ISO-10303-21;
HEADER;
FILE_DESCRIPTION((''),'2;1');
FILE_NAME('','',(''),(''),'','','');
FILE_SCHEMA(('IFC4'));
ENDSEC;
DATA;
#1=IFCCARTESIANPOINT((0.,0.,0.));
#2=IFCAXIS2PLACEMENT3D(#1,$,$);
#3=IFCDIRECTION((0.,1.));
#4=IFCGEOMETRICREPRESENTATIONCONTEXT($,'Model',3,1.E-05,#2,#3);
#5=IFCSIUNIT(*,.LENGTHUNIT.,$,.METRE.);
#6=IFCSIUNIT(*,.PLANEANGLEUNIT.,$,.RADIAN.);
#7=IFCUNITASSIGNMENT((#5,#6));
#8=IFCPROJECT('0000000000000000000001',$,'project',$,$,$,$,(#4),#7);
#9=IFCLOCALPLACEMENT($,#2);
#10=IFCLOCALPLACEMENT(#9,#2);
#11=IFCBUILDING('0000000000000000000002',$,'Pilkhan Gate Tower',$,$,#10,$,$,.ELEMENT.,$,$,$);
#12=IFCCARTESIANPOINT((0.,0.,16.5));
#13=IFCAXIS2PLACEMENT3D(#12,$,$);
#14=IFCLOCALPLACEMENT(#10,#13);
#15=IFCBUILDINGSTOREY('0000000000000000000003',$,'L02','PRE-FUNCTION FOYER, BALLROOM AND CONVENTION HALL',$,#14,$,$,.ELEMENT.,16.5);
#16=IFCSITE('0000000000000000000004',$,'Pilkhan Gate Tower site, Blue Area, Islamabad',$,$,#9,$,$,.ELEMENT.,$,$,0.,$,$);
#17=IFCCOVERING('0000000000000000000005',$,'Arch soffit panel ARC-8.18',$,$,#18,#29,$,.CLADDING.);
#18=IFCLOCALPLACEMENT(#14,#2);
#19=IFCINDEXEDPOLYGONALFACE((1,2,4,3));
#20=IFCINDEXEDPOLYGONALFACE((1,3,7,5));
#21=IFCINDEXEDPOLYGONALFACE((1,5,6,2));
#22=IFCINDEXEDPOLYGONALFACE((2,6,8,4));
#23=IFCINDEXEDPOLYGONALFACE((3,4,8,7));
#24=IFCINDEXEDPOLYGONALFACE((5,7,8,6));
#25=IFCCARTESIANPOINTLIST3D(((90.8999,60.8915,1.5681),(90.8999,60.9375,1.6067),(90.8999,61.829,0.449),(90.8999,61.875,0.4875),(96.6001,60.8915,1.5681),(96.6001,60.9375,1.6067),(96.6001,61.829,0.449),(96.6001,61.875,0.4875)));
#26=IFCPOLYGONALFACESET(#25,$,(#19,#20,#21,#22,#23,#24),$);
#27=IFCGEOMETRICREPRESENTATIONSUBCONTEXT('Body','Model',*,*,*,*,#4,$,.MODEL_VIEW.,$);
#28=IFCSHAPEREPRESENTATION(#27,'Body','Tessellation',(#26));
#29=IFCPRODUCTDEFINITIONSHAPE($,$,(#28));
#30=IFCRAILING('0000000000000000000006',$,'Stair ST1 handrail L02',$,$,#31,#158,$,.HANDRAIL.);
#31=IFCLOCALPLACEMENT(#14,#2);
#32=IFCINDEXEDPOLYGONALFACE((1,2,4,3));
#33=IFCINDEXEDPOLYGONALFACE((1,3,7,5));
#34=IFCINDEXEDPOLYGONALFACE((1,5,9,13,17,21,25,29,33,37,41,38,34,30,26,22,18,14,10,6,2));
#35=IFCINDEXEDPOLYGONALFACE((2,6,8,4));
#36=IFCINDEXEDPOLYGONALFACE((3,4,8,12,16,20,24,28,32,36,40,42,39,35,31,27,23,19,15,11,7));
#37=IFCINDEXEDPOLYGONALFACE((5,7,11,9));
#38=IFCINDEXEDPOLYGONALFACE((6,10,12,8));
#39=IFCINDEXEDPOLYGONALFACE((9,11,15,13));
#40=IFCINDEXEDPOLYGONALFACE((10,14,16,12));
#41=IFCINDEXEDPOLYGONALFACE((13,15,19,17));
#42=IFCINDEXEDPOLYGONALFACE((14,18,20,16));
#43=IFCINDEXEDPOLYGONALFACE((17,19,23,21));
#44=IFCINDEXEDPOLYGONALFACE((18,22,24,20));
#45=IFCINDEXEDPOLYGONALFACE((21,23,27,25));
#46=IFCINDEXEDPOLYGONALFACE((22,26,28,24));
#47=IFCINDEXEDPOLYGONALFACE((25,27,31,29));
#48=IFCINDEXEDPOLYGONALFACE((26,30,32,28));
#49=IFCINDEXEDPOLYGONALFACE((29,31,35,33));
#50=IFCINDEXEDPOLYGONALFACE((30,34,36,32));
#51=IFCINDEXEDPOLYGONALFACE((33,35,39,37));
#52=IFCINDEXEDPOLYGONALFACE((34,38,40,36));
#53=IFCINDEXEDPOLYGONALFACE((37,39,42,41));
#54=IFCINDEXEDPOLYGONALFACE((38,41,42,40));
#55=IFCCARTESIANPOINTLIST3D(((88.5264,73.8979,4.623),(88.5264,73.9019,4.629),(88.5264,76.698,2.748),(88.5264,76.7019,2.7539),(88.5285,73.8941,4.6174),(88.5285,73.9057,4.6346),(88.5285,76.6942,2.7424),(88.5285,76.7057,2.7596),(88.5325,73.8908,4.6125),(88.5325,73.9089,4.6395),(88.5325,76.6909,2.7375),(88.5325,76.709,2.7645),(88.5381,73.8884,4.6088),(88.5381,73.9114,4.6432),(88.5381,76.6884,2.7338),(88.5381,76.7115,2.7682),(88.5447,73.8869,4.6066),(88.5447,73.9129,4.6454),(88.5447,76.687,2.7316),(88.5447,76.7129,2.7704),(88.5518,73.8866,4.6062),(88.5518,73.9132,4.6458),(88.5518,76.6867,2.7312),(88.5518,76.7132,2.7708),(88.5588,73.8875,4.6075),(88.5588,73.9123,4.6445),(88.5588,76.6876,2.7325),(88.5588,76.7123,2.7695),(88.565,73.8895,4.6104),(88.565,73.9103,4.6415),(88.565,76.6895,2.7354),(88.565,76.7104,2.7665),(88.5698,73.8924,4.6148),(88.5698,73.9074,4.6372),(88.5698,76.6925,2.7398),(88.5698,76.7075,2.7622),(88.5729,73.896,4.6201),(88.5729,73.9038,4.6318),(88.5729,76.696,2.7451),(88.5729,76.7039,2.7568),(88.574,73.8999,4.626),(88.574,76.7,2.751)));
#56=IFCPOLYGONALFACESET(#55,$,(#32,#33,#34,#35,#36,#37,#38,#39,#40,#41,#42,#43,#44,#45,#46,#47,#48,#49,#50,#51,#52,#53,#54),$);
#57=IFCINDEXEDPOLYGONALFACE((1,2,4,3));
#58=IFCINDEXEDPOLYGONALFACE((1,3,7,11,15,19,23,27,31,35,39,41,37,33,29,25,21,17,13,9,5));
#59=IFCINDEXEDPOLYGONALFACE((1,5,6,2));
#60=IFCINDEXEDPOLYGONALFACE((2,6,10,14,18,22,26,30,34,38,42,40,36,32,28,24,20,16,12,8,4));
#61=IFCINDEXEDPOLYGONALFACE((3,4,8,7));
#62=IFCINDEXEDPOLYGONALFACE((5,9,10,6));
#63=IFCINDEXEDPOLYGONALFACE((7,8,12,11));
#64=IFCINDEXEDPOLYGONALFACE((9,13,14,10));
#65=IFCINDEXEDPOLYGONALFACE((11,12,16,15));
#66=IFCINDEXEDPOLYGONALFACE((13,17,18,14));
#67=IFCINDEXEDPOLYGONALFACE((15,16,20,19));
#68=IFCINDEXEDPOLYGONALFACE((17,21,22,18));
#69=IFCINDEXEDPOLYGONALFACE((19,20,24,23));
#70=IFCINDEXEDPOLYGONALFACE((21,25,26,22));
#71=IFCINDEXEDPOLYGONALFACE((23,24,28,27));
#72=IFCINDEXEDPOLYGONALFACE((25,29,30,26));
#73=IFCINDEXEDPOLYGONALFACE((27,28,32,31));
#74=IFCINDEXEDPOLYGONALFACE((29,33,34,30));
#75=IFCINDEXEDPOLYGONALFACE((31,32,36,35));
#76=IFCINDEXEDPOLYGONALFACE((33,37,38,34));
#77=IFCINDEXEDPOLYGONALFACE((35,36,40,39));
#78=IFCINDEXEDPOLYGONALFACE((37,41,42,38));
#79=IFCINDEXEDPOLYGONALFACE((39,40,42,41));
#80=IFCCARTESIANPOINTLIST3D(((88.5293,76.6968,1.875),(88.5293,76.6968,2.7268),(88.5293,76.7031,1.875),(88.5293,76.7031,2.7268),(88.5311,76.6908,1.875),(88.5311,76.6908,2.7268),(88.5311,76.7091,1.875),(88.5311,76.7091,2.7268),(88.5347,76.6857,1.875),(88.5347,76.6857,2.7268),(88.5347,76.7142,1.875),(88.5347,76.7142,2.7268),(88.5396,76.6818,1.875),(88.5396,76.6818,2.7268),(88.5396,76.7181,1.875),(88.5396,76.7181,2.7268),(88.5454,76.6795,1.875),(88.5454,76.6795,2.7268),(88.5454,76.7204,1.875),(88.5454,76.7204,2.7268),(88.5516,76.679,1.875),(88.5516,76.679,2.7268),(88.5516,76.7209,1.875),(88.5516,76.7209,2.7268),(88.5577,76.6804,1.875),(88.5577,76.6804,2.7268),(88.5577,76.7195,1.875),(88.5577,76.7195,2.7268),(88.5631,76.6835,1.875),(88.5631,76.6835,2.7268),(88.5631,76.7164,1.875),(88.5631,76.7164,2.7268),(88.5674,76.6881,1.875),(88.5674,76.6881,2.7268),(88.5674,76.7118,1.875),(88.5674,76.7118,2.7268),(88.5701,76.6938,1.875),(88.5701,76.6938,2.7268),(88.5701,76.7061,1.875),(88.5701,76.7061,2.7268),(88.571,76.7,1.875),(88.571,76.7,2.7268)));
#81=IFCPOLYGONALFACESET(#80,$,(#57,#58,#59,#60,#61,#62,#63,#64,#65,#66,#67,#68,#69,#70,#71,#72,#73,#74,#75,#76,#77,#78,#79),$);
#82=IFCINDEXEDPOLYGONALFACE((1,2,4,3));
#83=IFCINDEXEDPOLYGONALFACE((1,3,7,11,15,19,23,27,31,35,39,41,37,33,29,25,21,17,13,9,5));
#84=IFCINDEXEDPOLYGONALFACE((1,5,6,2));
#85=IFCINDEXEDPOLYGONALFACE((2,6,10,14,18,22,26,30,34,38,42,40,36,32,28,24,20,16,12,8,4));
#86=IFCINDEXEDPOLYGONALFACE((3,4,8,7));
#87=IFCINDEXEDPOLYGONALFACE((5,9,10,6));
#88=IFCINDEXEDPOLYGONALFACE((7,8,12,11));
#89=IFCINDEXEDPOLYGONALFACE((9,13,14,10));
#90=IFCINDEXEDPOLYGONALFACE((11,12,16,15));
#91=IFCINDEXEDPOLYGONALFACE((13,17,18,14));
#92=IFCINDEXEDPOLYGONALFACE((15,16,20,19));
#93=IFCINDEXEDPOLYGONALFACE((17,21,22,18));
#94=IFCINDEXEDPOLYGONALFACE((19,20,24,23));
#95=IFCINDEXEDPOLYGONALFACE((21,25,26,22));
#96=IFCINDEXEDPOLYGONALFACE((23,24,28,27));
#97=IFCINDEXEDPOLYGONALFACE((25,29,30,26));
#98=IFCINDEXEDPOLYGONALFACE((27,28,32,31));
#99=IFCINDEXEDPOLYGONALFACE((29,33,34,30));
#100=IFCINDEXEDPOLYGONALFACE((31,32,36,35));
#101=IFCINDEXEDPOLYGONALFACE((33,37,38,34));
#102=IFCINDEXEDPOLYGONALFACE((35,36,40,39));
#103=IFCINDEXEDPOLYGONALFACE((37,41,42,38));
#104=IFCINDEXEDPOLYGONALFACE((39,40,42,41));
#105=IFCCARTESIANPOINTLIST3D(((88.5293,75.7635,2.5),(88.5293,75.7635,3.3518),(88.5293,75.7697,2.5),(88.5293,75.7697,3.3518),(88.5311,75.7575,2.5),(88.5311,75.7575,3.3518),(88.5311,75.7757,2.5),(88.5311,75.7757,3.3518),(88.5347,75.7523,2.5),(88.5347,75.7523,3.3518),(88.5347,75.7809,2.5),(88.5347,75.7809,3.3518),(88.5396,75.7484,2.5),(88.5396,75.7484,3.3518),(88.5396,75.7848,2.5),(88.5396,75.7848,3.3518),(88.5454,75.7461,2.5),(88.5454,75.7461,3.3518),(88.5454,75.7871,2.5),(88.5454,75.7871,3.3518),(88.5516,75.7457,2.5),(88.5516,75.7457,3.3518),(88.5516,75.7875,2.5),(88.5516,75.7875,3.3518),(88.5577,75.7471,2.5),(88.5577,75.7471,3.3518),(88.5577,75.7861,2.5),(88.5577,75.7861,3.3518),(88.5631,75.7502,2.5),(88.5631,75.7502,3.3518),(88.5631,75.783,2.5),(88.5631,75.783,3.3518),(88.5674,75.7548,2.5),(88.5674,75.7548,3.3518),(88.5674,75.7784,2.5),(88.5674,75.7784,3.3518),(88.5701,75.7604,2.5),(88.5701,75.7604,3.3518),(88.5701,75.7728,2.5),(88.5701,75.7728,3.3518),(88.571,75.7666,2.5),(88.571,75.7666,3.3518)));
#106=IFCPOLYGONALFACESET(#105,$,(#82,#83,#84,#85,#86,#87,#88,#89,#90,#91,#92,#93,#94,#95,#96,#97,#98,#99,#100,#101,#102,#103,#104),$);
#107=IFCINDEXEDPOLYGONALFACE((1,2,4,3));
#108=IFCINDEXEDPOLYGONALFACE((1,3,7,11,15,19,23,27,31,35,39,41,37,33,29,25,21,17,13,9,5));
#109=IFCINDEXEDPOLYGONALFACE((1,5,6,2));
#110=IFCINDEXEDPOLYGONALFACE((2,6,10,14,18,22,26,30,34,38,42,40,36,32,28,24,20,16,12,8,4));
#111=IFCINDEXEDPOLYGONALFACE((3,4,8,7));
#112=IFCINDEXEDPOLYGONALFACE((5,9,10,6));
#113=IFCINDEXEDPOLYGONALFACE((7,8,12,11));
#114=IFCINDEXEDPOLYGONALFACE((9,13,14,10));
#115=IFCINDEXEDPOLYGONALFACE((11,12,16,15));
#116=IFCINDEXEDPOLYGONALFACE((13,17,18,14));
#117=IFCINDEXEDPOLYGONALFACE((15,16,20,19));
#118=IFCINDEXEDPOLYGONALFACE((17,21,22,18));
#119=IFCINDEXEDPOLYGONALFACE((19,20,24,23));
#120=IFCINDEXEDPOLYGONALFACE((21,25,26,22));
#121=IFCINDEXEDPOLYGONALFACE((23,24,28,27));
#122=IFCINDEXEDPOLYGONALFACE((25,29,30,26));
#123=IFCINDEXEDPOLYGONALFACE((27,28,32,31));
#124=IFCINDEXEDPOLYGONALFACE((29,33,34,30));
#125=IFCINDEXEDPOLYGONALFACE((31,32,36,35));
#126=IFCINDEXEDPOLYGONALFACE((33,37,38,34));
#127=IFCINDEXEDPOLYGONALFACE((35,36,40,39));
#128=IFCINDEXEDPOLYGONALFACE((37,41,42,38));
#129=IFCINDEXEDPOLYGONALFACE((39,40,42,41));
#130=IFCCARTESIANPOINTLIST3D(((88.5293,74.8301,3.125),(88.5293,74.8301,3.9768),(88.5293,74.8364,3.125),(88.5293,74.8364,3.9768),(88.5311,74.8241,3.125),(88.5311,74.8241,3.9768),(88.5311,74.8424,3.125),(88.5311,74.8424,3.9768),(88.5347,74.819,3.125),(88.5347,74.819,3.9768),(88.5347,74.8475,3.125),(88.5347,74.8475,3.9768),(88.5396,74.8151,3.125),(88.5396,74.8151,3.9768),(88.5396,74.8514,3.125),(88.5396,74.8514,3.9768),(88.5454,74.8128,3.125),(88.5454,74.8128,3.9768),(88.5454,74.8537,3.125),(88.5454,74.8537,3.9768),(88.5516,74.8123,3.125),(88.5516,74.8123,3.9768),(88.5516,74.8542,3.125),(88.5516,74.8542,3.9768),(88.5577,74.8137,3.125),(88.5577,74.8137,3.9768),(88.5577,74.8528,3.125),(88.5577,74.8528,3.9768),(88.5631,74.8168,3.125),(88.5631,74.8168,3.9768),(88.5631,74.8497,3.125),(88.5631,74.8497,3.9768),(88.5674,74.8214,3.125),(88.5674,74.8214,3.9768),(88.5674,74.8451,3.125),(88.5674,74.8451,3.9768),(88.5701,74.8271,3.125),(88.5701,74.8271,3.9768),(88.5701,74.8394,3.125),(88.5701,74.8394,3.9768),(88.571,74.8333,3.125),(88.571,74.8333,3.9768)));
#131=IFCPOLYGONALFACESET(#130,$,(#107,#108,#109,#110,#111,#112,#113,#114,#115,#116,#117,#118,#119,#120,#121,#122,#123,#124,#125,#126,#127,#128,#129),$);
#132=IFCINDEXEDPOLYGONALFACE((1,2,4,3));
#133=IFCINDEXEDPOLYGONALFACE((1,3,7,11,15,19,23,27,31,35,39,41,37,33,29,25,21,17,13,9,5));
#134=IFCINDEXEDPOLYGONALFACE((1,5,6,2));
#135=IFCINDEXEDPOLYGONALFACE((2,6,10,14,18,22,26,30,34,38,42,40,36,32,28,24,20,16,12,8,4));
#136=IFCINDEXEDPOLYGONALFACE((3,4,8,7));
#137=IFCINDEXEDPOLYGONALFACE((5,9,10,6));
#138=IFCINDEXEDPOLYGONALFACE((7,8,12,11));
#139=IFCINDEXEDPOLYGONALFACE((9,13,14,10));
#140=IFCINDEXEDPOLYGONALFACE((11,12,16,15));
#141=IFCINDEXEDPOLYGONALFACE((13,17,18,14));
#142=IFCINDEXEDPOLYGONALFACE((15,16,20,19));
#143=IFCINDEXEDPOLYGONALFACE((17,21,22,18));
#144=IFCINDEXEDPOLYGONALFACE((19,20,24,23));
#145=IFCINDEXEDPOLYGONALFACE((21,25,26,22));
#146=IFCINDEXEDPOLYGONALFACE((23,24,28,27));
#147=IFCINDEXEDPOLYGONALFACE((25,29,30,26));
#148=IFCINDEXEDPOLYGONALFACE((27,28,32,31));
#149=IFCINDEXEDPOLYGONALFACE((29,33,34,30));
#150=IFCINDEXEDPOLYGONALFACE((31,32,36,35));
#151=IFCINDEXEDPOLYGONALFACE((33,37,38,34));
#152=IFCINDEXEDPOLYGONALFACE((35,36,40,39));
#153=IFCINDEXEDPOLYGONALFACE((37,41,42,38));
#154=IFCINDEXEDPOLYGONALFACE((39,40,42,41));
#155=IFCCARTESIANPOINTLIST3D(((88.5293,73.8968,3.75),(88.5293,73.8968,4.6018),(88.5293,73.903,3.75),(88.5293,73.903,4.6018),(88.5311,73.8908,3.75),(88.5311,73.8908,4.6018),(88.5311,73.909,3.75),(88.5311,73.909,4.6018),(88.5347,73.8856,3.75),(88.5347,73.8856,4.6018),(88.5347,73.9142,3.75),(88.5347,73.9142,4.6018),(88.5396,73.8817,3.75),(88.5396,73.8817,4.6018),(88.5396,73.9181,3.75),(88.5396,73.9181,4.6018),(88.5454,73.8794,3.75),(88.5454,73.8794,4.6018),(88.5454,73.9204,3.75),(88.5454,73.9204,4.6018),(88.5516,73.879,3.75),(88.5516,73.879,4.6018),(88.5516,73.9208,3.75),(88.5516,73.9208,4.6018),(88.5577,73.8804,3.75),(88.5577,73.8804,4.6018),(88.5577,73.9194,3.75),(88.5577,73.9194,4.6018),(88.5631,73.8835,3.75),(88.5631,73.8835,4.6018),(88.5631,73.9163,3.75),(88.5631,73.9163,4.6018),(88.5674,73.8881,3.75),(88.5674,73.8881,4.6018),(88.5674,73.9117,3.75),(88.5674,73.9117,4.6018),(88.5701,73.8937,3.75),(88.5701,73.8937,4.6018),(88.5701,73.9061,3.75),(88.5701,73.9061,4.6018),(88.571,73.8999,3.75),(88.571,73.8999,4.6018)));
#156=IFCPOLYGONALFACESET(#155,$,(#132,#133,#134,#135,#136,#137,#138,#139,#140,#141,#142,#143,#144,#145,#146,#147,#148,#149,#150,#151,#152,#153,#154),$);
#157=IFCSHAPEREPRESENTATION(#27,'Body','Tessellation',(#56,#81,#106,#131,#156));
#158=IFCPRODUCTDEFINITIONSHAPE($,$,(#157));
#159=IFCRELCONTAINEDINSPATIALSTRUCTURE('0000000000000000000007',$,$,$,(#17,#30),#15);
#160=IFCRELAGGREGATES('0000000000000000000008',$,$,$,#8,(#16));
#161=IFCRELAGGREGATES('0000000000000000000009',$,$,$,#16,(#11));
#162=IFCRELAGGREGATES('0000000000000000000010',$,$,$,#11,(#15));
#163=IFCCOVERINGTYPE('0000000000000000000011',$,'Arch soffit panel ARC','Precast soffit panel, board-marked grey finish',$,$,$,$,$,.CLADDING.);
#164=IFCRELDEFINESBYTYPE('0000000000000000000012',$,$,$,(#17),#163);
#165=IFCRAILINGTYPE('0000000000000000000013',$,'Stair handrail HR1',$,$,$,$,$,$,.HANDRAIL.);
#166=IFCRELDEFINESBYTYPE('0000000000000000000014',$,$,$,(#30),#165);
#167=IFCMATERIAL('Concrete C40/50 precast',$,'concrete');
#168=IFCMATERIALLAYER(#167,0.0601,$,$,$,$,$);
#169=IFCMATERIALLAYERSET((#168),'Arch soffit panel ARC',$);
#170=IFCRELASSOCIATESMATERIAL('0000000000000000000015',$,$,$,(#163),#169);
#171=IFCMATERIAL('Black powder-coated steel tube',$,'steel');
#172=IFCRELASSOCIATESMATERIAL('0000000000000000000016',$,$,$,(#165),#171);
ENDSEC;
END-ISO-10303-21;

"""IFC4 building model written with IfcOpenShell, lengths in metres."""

from ifc_helpers import new_model, si_unit, direction, frame, origin, origin_2d, place, context, subcontext, project, spatial, polyline, circle, outline, extrude, material, layer, layer_set, type_object, element, save


model = new_model("IFC4")

# Units and contexts
model_context = context("Model", 3, precision=1e-05, world=origin(), true_north=direction((0.0, 1.0)))
body_context = subcontext(model_context, "Body", "Model", "MODEL_VIEW")
ifc_project = project(units=[si_unit("LENGTHUNIT", "METRE"), si_unit("PLANEANGLEUNIT", "RADIAN")], contexts=[model_context])

# Site, building, storey
site_placement = place(None, origin())
site = spatial("IfcSite", under=ifc_project, at=site_placement, Name="Pilkhan Gate Tower site, Blue Area, Islamabad", CompositionType="ELEMENT", RefElevation=0.0)
building_placement = place(site_placement, origin())
building = spatial("IfcBuilding", under=site, at=building_placement, Name="Pilkhan Gate Tower", CompositionType="ELEMENT")
storey_placement = place(building_placement, frame((0.0, 0.0, 16.5)))
storey = spatial("IfcBuildingStorey", under=building, at=storey_placement, Name="L02", Description="PRE-FUNCTION FOYER, BALLROOM AND CONVENTION HALL", CompositionType="ELEMENT", Elevation=16.5)

# Shared definitions
ifc_material_1 = material(Name="Concrete C40/50 precast", Category="concrete")

# Covering
ifc_layer_1 = layer(ifc_material_1, 0.0601)
ifc_layer_set_1 = layer_set([ifc_layer_1], Name="Arch soffit panel ARC")
covering_type = type_object("IfcCoveringType", Name="Arch soffit panel ARC", Description="Precast soffit panel, board-marked grey finish", PredefinedType="CLADDING", material=ifc_layer_set_1)
covering_placement = place(storey_placement, frame((90.8999, 60.9375, 1.6067), z_axis=(0.0, 0.766574, 0.642156), x_axis=(1.0, 0.0, 0.0)))
element("IfcCovering", 1, at=covering_placement, inside=storey, type_object=covering_type, Name="Arch soffit panel ARC-8.18", PredefinedType="CLADDING", context=body_context, shape_type="SweptSolid", body=[
    extrude(outline(polyline([(0.0, 0.0), (5.7002, 0.0), (5.7002, 1.4599), (0.0, 1.4599), (0.0, 0.0)])), origin(), (0.0, 0.0, -1.0), 0.0601),
])

# Railing
ifc_material_2 = material(Name="Black powder-coated steel tube", Category="steel")
railing_type_1 = type_object("IfcRailingType", Name="Stair handrail HR1", PredefinedType="HANDRAIL", material=ifc_material_2)
for number, where, name in (
    (2, (88.55, 76.7, 1.875), "Stair ST1 handrail L02"),
):
    element("IfcRailing", number, at=place(storey_placement, frame(where)), inside=storey, type_object=railing_type_1, Name=name, PredefinedType="HANDRAIL", context=body_context, shape_type="SweptSolid", body=[
        extrude(circle(Radius=0.0239, at=origin_2d()), frame((0.0, 0.0, 0.876), z_axis=(0.0, -0.830912, 0.556404), x_axis=(1.0, 0.0, 0.0)), (0.0, 0.0, 1.0), 3.3699),
        extrude(circle(Radius=0.021, at=origin_2d()), origin(), (0.0, 0.0, 1.0), 0.8518),
        extrude(circle(Radius=0.021, at=origin_2d()), frame((0.0, -0.9333, 0.625)), (0.0, 0.0, 1.0), 0.8518),
        extrude(circle(Radius=0.021, at=origin_2d()), frame((0.0, -1.8667, 1.25)), (0.0, 0.0, 1.0), 0.8518),
        extrude(circle(Radius=0.021, at=origin_2d()), frame((0.0, -2.8, 1.875)), (0.0, 0.0, 1.0), 0.8518),
    ])

save(model, "model.ifc")
